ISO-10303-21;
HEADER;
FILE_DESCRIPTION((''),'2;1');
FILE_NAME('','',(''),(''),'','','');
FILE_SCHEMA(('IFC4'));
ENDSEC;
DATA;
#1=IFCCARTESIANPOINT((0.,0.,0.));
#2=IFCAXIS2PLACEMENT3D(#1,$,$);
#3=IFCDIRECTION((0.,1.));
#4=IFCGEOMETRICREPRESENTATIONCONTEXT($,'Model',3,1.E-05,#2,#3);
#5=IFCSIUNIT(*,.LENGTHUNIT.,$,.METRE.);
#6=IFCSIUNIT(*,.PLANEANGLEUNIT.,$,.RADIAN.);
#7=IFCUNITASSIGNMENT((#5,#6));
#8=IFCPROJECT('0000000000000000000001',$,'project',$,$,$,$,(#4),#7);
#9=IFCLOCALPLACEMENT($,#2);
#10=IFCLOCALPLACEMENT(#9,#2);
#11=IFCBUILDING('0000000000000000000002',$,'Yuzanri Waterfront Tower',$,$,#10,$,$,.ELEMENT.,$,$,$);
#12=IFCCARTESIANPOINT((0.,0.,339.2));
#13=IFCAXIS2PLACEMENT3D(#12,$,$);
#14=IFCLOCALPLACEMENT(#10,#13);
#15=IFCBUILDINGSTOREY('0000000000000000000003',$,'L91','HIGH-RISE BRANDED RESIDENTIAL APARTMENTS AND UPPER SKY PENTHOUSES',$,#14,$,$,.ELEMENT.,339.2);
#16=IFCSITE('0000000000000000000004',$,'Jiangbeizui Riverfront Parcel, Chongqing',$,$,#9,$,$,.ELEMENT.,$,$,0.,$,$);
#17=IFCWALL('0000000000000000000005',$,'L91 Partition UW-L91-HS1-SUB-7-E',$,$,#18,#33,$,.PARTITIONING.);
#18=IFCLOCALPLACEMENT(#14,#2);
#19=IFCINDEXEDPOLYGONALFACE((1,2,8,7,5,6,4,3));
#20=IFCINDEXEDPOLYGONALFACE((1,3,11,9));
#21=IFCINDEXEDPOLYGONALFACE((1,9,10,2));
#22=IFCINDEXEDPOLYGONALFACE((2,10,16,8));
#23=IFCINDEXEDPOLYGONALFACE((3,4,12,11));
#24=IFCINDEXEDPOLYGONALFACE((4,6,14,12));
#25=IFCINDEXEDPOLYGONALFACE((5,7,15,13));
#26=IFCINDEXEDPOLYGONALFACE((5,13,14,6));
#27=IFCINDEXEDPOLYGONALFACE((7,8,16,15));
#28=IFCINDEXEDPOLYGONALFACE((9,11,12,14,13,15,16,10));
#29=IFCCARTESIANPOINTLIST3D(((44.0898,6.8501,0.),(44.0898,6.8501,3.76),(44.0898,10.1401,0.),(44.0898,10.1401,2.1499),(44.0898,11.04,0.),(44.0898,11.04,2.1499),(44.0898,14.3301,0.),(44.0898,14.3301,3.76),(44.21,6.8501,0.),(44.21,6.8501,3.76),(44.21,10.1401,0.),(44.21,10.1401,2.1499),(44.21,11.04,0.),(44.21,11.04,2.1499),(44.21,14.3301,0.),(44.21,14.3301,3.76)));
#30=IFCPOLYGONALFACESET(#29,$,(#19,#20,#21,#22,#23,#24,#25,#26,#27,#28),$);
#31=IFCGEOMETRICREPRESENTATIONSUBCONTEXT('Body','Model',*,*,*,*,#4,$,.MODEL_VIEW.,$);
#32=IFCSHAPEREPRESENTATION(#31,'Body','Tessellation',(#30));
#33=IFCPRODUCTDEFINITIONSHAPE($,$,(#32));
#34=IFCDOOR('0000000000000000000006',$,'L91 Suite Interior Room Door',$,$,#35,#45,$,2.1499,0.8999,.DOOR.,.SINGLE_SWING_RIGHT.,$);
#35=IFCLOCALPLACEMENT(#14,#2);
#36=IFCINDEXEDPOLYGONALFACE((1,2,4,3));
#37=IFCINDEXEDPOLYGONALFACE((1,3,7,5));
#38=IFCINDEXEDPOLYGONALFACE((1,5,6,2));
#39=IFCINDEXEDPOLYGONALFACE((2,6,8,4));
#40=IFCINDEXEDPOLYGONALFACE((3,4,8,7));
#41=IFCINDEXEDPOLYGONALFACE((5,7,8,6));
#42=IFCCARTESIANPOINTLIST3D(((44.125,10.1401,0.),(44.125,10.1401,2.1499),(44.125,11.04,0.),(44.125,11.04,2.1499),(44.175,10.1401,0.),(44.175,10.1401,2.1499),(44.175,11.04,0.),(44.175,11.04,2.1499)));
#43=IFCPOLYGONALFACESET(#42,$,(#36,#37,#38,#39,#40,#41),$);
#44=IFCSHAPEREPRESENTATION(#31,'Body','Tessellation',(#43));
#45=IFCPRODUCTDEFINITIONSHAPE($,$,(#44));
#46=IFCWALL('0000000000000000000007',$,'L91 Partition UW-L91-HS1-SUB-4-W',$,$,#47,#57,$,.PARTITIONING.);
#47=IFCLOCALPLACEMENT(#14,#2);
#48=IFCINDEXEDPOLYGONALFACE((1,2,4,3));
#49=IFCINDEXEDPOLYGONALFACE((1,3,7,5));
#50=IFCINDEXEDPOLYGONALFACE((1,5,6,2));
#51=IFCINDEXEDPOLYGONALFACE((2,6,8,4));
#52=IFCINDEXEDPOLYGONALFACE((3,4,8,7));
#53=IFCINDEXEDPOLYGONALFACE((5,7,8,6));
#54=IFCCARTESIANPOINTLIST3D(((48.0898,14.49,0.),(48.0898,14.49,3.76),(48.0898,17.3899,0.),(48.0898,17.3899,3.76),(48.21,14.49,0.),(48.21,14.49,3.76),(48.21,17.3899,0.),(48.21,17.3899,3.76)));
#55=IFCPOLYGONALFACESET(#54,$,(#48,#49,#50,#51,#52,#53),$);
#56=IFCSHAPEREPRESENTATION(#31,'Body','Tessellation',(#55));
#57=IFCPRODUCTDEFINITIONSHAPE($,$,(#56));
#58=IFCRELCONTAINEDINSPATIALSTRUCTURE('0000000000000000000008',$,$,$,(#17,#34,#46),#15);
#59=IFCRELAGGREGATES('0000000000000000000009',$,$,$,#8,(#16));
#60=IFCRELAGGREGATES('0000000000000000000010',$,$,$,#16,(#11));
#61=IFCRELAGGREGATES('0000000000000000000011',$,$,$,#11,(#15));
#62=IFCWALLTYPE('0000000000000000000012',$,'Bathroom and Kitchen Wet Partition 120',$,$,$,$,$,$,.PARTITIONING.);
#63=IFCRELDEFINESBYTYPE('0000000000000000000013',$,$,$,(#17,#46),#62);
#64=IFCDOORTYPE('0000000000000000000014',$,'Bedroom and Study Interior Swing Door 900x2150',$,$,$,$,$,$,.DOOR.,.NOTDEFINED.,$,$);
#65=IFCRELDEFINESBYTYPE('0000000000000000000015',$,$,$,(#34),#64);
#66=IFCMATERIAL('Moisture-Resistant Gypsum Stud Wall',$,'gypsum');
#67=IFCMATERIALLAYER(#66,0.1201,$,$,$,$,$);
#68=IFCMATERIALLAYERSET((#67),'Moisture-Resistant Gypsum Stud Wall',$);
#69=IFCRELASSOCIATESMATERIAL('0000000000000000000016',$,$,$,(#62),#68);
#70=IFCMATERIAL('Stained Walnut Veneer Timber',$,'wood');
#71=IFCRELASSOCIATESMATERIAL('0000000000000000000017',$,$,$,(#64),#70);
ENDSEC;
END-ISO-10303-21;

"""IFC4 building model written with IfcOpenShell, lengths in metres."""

from ifc_helpers import new_model, si_unit, direction, frame, frame_2d, origin, place, context, subcontext, project, spatial, rectangle, extrude, source, transform, mapped, material, layer, layer_set, type_object, element, fill, save


model = new_model("IFC4")

# Units and contexts
model_context = context("Model", 3, precision=1e-05, world=origin(), true_north=direction((0.0, 1.0)))
body_context = subcontext(model_context, "Body", "Model", "MODEL_VIEW")
ifc_project = project(units=[si_unit("LENGTHUNIT", "METRE"), si_unit("PLANEANGLEUNIT", "RADIAN")], contexts=[model_context])

# Site, building, storey
site_placement = place(None, origin())
site = spatial("IfcSite", under=ifc_project, at=site_placement, Name="Jiangbeizui Riverfront Parcel, Chongqing", CompositionType="ELEMENT", RefElevation=0.0)
building_placement = place(site_placement, origin())
building = spatial("IfcBuilding", under=site, at=building_placement, Name="Yuzanri Waterfront Tower", CompositionType="ELEMENT")
storey_placement = place(building_placement, frame((0.0, 0.0, 339.2)))
storey = spatial("IfcBuildingStorey", under=building, at=storey_placement, Name="L91", Description="HIGH-RISE BRANDED RESIDENTIAL APARTMENTS AND UPPER SKY PENTHOUSES", CompositionType="ELEMENT", Elevation=339.2)

# Shared definitions
ifc_material_1 = material(Name="Moisture-Resistant Gypsum Stud Wall", Category="gypsum")
ifc_layer_1 = layer(ifc_material_1, 0.1201)
ifc_layer_set_1 = layer_set([ifc_layer_1], Name="Moisture-Resistant Gypsum Stud Wall")
wall_type = type_object("IfcWallType", Name="Bathroom and Kitchen Wet Partition 120", PredefinedType="PARTITIONING", material=ifc_layer_set_1)

# Wall, opening, door
ifc_material_2 = material(Name="Stained Walnut Veneer Timber", Category="wood")
door_type_1 = type_object("IfcDoorType", Name="Bedroom and Study Interior Swing Door 900x2150", OperationType="NOTDEFINED", PredefinedType="DOOR", material=ifc_material_2)
shared_shape_1 = source(origin(), body_context, "Body", "SweptSolid", [
    extrude(rectangle(XDim=0.8999, YDim=2.1499, at=frame_2d((0.45, 1.075))), frame((0.0, 0.0249, 0.0), z_axis=(0.0, -1.0, 0.0), x_axis=(1.0, 0.0, 0.0)), (0.0, 0.0, 1.0), 0.05),
])
wall_1_placement = place(storey_placement, frame((44.1499, 6.8501, 0.0), z_axis=(0.0, 0.0, 1.0), x_axis=(0.0, 1.0, 0.0)))
wall_1 = element("IfcWall", 1, at=wall_1_placement, inside=storey, type_object=wall_type, Name="L91 Partition UW-L91-HS1-SUB-7-E", PredefinedType="PARTITIONING", context=body_context, shape_type="SweptSolid", body=[
    extrude(rectangle(XDim=7.48, YDim=0.1201, at=frame_2d((3.74, 0.0))), origin(), (0.0, 0.0, 1.0), 3.76),
])
opening_1_placement = place(wall_1_placement, frame((3.29, 0.0, 0.0)))
opening_1 = element("IfcOpeningElement", 2, at=opening_1_placement, cuts=wall_1, PredefinedType="OPENING", context=body_context, shape_type="SweptSolid", body=[
    extrude(rectangle(XDim=0.8999, YDim=2.1499, at=frame_2d((0.45, 1.075))), frame((0.0, 0.075, 0.0), z_axis=(0.0, -1.0, 0.0), x_axis=(1.0, 0.0, 0.0)), (0.0, 0.0, 1.0), 0.1499),
])
door_1_placement = place(opening_1_placement, origin())
door_1 = element("IfcDoor", 3, at=door_1_placement, inside=storey, type_object=door_type_1, Name="L91 Suite Interior Room Door", OperationType="SINGLE_SWING_RIGHT", OverallHeight=2.1499, OverallWidth=0.8999, PredefinedType="DOOR", context=body_context, shape_type="MappedRepresentation", body=[
    mapped(shared_shape_1, transform((0.0, 0.0, 0.0), scale=1.0)),
])
fill(opening_1, door_1)

# Wall
shared_shape_2 = source(origin(), body_context, "Body", "SweptSolid", [
    extrude(rectangle(XDim=2.8999, YDim=0.1201, at=frame_2d((1.45, 0.0))), origin(), (0.0, 0.0, 1.0), 3.76),
])
wall_2_placement = place(storey_placement, frame((48.1499, 14.49, 0.0), z_axis=(0.0, 0.0, 1.0), x_axis=(0.0, 1.0, 0.0)))
element("IfcWall", 4, at=wall_2_placement, inside=storey, type_object=wall_type, Name="L91 Partition UW-L91-HS1-SUB-4-W", PredefinedType="PARTITIONING", context=body_context, shape_type="MappedRepresentation", body=[
    mapped(shared_shape_2, transform((0.0, 0.0, 0.0), scale=1.0)),
])

save(model, "model.ifc")
